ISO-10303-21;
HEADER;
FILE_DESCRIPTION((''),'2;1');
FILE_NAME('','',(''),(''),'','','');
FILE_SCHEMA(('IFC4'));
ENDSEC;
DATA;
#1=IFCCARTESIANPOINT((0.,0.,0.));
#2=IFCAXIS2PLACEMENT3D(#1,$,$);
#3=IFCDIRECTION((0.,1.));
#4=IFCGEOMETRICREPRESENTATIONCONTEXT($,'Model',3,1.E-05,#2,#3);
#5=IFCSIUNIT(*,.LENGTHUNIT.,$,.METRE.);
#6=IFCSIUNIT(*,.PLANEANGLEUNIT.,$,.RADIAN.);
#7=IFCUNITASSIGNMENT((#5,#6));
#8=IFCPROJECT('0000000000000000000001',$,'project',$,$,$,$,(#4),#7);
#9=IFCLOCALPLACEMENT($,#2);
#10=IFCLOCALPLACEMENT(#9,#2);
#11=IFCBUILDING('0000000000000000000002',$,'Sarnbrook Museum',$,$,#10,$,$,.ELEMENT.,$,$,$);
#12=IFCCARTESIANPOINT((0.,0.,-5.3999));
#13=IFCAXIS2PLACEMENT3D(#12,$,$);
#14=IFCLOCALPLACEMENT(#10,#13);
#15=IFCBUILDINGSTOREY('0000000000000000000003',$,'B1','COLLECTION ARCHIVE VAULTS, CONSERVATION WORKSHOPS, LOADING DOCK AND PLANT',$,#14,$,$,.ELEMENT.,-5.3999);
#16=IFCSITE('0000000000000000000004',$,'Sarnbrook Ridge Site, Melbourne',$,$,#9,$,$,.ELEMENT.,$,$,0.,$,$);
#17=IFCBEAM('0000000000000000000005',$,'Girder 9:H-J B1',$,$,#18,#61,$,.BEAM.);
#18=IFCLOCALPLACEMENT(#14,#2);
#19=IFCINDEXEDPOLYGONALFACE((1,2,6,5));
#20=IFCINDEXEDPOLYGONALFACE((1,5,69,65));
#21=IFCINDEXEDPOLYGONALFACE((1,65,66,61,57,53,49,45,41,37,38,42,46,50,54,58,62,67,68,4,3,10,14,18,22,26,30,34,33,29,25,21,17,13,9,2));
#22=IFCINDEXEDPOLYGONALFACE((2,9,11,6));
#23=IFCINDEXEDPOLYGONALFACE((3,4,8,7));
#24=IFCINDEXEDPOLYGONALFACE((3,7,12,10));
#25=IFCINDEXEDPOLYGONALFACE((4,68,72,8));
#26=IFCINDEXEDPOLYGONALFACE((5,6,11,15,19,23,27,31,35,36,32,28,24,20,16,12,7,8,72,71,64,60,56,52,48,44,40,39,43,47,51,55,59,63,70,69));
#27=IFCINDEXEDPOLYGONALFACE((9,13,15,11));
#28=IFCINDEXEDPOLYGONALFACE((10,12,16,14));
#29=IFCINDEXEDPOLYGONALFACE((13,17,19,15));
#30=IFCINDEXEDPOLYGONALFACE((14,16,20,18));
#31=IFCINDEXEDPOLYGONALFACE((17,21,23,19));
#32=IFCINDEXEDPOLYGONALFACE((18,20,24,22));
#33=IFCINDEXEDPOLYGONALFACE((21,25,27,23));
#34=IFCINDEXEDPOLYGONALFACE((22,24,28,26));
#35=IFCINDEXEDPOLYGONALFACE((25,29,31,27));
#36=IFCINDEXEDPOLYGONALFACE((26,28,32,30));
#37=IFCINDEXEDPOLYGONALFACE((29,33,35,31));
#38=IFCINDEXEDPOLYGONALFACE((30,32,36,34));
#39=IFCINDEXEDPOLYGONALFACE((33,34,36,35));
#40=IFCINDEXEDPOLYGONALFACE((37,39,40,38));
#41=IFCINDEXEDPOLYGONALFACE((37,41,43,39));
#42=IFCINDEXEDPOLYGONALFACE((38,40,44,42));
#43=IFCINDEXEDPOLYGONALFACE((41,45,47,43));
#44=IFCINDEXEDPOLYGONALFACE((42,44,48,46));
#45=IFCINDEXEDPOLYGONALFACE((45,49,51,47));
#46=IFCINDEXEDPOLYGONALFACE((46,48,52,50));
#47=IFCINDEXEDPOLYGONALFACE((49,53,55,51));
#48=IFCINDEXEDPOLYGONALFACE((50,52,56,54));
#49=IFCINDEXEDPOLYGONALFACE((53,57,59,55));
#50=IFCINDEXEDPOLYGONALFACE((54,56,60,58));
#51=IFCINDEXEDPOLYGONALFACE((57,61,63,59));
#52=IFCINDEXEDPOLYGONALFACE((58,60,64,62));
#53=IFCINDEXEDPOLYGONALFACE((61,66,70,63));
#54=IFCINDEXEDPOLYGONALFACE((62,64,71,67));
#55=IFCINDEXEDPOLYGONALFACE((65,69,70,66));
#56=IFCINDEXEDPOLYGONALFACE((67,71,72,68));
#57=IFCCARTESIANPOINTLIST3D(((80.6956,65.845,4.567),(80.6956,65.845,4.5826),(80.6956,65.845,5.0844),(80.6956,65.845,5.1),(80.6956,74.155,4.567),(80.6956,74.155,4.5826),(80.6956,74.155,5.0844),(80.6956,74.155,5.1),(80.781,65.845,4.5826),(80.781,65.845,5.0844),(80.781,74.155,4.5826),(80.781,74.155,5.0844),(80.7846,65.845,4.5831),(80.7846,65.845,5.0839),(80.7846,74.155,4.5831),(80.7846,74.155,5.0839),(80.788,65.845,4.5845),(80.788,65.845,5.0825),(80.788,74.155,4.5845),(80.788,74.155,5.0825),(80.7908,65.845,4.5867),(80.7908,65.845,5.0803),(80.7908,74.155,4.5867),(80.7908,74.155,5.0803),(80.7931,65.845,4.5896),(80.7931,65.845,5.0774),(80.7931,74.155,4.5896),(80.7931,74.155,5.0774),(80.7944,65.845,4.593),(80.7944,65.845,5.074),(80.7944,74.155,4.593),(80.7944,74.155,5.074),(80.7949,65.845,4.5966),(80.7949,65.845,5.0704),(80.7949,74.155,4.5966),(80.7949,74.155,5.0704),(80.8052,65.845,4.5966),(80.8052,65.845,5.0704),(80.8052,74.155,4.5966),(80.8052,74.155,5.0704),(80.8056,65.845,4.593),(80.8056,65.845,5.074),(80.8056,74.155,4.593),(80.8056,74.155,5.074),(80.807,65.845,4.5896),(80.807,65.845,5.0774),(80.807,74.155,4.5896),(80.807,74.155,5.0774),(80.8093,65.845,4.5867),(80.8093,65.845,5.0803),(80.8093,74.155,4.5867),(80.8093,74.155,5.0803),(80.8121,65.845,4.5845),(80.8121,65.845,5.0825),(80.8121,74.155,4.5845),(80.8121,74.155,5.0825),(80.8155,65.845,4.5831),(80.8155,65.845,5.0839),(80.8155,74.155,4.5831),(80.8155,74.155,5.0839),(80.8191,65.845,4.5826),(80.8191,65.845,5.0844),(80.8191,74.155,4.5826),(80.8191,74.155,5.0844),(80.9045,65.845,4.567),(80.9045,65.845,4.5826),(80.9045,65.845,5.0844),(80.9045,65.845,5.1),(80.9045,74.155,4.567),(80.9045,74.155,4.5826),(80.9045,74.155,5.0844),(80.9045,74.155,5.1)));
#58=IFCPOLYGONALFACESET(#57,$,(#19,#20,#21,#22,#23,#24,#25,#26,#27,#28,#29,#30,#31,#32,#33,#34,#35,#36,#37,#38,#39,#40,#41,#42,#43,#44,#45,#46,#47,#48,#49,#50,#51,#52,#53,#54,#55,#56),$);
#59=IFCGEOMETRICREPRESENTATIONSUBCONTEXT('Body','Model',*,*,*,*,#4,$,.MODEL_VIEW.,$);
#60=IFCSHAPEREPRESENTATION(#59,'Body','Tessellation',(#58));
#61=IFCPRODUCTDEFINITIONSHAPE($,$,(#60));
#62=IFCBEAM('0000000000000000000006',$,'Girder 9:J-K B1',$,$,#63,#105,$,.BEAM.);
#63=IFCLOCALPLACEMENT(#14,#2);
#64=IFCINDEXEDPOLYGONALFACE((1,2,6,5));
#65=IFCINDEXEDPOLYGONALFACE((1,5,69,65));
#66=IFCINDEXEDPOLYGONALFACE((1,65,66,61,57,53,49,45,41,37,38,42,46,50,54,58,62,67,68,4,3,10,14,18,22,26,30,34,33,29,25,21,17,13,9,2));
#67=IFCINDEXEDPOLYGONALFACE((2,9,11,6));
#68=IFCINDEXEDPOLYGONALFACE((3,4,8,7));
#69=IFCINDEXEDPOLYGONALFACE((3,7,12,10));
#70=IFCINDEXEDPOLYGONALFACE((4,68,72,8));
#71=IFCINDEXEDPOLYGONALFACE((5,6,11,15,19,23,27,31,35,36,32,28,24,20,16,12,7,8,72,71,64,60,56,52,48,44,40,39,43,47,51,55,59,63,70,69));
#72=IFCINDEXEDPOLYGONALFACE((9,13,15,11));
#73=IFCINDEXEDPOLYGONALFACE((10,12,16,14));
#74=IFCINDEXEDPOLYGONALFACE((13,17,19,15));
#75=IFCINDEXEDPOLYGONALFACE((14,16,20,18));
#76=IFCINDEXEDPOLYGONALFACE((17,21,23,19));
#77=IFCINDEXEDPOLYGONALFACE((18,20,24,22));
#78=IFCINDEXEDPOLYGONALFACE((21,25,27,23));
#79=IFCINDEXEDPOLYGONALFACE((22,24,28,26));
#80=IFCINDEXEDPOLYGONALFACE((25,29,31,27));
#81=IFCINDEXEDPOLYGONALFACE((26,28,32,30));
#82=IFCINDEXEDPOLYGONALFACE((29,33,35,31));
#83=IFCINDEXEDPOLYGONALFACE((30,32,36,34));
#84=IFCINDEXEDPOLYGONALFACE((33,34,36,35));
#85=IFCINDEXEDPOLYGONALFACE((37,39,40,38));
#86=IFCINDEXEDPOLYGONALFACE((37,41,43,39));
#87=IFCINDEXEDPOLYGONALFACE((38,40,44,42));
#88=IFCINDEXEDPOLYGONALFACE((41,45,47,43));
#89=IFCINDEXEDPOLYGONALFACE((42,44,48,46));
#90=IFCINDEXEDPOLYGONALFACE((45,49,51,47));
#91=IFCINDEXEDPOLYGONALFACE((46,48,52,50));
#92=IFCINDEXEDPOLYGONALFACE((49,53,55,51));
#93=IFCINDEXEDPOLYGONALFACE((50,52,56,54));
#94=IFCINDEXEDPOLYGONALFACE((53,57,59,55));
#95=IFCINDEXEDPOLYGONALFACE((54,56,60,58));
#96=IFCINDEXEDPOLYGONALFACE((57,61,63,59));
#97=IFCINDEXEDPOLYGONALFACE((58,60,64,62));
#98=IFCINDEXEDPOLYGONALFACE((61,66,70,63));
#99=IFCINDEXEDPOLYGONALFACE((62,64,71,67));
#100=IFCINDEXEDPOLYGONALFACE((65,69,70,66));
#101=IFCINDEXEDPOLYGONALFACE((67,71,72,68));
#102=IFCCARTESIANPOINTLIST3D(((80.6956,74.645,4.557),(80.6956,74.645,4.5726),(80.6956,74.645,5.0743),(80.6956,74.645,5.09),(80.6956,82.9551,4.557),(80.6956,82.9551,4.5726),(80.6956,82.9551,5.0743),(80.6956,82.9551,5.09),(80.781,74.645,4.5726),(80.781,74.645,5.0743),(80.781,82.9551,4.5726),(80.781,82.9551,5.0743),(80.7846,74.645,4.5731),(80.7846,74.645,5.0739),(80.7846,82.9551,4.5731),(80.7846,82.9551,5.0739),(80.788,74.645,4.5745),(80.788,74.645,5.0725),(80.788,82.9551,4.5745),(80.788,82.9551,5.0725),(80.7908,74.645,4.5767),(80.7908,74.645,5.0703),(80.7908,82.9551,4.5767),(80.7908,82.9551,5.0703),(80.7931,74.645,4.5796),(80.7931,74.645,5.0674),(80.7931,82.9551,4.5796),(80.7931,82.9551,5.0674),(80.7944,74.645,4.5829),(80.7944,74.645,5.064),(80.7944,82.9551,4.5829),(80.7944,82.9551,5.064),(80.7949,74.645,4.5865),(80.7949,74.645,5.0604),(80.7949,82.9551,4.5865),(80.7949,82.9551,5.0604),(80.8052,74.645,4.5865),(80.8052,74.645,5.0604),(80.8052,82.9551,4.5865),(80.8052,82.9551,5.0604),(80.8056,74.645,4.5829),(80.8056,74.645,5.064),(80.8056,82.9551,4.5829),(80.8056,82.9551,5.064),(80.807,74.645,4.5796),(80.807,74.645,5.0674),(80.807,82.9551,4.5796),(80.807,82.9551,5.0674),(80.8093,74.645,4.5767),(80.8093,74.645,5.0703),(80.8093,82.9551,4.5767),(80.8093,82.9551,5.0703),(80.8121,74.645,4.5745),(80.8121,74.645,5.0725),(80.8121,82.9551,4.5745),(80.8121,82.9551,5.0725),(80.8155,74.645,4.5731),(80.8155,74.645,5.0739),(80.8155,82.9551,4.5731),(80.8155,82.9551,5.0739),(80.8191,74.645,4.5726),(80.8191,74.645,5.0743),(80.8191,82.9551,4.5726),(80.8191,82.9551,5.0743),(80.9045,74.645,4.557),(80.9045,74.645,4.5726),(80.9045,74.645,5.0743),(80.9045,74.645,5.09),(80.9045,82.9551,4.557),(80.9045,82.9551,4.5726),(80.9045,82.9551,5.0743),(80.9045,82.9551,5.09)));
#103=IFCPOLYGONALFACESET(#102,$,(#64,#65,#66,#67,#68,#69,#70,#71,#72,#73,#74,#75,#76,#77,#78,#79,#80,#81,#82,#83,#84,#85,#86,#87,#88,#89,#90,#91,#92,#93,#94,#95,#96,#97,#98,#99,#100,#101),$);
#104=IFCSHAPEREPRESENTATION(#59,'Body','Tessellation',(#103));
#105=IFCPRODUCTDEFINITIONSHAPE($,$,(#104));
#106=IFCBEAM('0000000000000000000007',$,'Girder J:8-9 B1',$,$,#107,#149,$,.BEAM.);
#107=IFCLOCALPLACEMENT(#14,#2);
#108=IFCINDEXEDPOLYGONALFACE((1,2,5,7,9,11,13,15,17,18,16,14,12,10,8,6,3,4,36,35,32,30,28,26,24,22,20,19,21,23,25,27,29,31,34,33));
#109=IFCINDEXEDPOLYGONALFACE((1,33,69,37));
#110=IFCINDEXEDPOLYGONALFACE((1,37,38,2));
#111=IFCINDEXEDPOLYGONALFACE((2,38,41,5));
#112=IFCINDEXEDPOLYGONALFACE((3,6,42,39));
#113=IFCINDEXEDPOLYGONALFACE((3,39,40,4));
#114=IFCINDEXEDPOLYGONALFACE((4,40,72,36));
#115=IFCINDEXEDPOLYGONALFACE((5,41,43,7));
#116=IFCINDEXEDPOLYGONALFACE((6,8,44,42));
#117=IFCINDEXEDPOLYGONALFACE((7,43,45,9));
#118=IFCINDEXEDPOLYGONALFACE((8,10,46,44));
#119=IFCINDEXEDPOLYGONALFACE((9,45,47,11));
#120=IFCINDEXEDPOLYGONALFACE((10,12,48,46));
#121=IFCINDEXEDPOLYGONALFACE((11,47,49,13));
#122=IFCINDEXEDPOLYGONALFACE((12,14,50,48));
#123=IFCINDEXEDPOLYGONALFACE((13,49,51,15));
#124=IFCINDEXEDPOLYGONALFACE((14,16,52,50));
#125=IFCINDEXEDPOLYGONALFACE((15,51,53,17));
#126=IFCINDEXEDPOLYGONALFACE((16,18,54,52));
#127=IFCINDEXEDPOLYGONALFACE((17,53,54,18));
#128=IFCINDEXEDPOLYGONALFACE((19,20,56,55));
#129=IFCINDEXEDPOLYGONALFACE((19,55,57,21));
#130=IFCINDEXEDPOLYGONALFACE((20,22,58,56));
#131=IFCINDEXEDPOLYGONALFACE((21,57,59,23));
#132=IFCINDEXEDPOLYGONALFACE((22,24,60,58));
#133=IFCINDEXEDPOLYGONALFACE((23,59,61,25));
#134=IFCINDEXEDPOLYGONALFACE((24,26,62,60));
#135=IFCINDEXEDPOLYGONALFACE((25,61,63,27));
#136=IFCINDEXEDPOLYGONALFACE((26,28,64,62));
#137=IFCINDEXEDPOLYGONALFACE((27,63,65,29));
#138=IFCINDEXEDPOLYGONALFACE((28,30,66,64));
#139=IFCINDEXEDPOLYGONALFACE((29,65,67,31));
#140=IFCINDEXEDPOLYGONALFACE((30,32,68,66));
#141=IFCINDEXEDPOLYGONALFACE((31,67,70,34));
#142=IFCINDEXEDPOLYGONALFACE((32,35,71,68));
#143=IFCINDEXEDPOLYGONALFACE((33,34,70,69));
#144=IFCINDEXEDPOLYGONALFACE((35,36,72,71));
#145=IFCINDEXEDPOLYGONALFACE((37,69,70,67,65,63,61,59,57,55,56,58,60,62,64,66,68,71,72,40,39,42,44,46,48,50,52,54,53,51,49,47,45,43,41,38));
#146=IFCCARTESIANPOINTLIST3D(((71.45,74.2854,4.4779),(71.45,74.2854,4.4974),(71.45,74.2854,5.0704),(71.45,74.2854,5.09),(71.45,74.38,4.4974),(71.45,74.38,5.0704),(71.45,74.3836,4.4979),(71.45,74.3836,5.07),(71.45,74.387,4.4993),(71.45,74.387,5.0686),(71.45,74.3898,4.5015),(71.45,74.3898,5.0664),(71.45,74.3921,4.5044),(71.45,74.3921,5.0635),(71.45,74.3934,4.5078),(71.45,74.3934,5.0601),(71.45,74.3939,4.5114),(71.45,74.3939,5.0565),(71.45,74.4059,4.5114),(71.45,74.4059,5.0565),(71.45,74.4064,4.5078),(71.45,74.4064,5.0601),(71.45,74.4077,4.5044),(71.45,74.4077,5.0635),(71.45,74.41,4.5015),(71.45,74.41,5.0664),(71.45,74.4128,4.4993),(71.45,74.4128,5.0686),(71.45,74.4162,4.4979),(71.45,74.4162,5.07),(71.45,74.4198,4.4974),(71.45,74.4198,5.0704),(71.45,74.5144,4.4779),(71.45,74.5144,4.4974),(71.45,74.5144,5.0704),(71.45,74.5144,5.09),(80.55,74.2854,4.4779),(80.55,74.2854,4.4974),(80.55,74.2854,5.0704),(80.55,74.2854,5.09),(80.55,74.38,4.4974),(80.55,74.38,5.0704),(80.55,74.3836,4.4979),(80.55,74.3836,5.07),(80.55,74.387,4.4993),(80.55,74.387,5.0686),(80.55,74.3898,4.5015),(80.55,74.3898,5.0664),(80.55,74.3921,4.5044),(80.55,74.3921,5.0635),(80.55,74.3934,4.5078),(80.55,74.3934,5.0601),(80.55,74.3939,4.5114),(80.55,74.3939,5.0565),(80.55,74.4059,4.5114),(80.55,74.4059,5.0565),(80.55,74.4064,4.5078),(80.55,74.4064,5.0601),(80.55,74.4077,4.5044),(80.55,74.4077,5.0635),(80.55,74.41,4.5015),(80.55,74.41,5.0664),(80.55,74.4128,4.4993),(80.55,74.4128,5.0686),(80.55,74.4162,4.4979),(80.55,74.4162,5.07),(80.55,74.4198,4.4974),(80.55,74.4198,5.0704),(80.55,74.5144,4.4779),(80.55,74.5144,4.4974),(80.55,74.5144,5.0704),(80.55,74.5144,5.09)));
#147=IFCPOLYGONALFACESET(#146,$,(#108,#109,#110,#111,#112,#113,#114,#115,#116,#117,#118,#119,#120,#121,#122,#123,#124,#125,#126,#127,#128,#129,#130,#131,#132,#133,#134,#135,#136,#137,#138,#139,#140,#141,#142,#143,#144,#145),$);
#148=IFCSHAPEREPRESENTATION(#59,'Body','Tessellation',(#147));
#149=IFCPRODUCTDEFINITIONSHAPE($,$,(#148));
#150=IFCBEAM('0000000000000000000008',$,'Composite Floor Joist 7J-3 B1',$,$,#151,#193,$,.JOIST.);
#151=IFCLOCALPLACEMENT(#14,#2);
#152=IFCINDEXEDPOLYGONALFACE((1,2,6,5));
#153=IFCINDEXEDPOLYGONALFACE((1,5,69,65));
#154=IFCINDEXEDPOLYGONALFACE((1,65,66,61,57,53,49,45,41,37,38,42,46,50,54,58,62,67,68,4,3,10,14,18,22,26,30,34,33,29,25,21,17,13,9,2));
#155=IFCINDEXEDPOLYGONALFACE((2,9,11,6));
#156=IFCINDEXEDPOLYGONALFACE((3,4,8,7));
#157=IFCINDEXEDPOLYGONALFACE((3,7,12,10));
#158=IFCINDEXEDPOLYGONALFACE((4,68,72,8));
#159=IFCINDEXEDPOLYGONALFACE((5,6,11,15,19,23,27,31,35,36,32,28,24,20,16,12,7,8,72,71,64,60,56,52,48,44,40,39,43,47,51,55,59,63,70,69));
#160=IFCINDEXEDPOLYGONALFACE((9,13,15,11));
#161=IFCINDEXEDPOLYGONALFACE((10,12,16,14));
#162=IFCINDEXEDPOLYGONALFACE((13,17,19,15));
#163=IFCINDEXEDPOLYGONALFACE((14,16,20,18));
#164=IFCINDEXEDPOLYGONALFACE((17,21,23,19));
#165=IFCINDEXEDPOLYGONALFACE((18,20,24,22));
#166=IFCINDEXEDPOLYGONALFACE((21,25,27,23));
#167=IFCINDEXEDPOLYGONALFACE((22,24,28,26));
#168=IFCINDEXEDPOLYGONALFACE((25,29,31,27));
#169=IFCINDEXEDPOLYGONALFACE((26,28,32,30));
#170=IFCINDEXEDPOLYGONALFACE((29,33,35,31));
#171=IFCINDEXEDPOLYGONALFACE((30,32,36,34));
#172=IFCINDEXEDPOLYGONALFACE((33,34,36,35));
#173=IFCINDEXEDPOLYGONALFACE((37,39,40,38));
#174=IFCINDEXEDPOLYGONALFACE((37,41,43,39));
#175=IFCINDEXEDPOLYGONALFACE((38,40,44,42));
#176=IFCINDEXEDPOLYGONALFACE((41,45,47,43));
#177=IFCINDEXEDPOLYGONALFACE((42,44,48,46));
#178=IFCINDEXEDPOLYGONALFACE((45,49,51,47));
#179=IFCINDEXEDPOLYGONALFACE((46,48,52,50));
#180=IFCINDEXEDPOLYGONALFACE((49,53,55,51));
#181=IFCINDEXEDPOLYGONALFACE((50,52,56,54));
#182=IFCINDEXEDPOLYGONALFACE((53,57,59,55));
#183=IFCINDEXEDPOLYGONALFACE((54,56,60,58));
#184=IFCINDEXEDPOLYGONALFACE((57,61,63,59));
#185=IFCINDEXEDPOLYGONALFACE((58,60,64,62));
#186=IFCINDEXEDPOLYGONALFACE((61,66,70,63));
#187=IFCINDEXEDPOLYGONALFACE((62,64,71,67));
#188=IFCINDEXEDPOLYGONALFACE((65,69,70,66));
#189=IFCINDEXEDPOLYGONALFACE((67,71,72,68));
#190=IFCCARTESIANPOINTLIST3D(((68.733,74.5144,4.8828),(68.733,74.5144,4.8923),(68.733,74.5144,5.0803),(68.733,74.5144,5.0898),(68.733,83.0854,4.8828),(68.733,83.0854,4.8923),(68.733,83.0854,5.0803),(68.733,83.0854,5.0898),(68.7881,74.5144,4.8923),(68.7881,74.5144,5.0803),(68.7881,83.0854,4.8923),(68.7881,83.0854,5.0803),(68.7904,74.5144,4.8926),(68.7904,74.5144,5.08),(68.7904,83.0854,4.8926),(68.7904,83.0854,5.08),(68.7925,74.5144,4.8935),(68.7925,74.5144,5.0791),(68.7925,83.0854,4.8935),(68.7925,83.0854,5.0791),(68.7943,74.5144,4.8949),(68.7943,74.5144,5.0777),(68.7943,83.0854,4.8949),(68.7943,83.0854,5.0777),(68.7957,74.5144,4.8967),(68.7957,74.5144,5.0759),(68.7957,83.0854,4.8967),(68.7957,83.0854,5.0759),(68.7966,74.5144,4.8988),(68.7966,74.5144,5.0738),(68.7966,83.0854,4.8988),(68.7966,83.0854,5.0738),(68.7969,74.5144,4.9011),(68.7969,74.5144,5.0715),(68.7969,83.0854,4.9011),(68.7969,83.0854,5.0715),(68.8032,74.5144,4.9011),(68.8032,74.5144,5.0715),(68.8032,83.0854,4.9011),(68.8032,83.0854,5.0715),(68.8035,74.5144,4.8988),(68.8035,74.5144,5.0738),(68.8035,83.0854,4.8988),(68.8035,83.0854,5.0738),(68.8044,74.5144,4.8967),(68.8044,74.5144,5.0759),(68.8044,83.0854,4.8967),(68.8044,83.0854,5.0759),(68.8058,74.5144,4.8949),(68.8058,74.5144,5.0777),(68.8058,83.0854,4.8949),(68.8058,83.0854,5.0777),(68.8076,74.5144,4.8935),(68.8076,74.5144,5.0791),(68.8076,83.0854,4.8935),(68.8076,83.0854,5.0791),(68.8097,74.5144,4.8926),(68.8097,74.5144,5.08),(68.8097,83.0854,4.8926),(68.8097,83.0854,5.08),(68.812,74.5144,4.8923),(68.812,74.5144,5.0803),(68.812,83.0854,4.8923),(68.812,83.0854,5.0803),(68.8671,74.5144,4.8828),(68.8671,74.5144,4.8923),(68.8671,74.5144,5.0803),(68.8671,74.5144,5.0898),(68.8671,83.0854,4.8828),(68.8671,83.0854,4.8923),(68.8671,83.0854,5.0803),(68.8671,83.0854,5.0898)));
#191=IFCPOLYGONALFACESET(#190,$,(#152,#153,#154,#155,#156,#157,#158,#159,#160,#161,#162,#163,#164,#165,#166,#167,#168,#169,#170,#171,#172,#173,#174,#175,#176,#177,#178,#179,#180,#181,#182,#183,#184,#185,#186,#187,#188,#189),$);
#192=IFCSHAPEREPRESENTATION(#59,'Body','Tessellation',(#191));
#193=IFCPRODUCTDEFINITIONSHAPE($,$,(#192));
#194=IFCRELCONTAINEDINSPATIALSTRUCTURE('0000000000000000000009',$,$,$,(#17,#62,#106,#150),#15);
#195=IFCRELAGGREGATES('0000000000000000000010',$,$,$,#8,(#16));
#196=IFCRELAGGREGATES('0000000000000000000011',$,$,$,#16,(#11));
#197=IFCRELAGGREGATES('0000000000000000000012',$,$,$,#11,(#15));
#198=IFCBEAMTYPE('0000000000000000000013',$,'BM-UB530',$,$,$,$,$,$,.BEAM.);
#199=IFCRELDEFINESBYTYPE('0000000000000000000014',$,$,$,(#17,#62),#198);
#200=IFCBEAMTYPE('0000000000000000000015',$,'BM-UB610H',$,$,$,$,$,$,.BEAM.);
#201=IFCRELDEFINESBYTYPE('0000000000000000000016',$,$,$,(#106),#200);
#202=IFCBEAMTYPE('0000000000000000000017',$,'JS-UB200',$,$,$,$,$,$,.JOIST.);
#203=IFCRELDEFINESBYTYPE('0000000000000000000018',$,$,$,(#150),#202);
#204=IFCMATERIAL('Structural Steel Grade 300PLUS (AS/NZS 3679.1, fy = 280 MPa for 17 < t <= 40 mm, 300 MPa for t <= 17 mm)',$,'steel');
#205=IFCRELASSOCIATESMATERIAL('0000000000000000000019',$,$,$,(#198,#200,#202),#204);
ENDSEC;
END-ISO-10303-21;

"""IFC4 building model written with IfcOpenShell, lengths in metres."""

from ifc_helpers import new_model, si_unit, direction, frame, origin, origin_2d, place, context, subcontext, project, spatial, i_section, extrude, material, material_profile, profile_set, type_object, element, save


model = new_model("IFC4")

# Units and contexts
model_context = context("Model", 3, precision=1e-05, world=origin(), true_north=direction((0.0, 1.0)))
body_context = subcontext(model_context, "Body", "Model", "MODEL_VIEW")
ifc_project = project(units=[si_unit("LENGTHUNIT", "METRE"), si_unit("PLANEANGLEUNIT", "RADIAN")], contexts=[model_context])

# Site, building, storey
site_placement = place(None, origin())
site = spatial("IfcSite", under=ifc_project, at=site_placement, Name="Sarnbrook Ridge Site, Melbourne", CompositionType="ELEMENT", RefElevation=0.0)
building_placement = place(site_placement, origin())
building = spatial("IfcBuilding", under=site, at=building_placement, Name="Sarnbrook Museum", CompositionType="ELEMENT")
storey_placement = place(building_placement, frame((0.0, 0.0, -5.3999)))
storey = spatial("IfcBuildingStorey", under=building, at=storey_placement, Name="B1", Description="COLLECTION ARCHIVE VAULTS, CONSERVATION WORKSHOPS, LOADING DOCK AND PLANT", CompositionType="ELEMENT", Elevation=-5.3999)

# Beams
ifc_material_1 = material(Name="Structural Steel Grade 300PLUS (AS/NZS 3679.1, fy = 280 MPa for 17 < t <= 40 mm, 300 MPa for t <= 17 mm)", Category="steel")
ifc_material_profile_1 = material_profile(ifc_material_1, i_section(OverallWidth=0.209, OverallDepth=0.533, WebThickness=0.0103, FlangeThickness=0.0156, FilletRadius=0.0139, at=origin_2d()), Name="530UB92.4")
ifc_profile_set_1 = profile_set([ifc_material_profile_1], Name="Structural Steel Grade 300PLUS (AS/NZS 3679.1, fy = 280 MPa for 17 < t <= 40 mm, 300 MPa for t <= 17 mm)")
beam_type_1 = type_object("IfcBeamType", Name="BM-UB530", PredefinedType="BEAM", material=ifc_profile_set_1)
for number, where, z_axis, x_axis, name in (
    (1, (80.8, 65.845, 4.8335), (0.0, 1.0, 0.0), (-1.0, 0.0, 0.0), "Girder 9:H-J B1"),
    (2, (80.8, 74.645, 4.8235), (0.0, 1.0, 0.0), (-1.0, 0.0, 0.0), "Girder 9:J-K B1"),
):
    element("IfcBeam", number, at=place(storey_placement, frame(where, z_axis=z_axis, x_axis=x_axis)), inside=storey, type_object=beam_type_1, Name=name, PredefinedType="BEAM", context=body_context, shape_type="SweptSolid", body=[
        extrude(i_section(OverallWidth=0.209, OverallDepth=0.533, WebThickness=0.0103, FlangeThickness=0.0156, FilletRadius=0.0139, at=origin_2d()), origin(), (0.0, 0.0, 1.0), 8.3101),
    ])
ifc_material_profile_2 = material_profile(ifc_material_1, i_section(OverallWidth=0.229, OverallDepth=0.6121, WebThickness=0.012, FlangeThickness=0.0195, FilletRadius=0.0139, at=origin_2d()), Name="610UB125")
ifc_profile_set_2 = profile_set([ifc_material_profile_2], Name="Structural Steel Grade 300PLUS (AS/NZS 3679.1, fy = 280 MPa for 17 < t <= 40 mm, 300 MPa for t <= 17 mm)")
beam_type_2 = type_object("IfcBeamType", Name="BM-UB610H", PredefinedType="BEAM", material=ifc_profile_set_2)
beam_1_placement = place(storey_placement, frame((71.45, 74.3999, 4.7839), z_axis=(1.0, 0.0, 0.0), x_axis=(0.0, 1.0, 0.0)))
element("IfcBeam", 3, at=beam_1_placement, inside=storey, type_object=beam_type_2, Name="Girder J:8-9 B1", PredefinedType="BEAM", context=body_context, shape_type="SweptSolid", body=[
    extrude(i_section(OverallWidth=0.229, OverallDepth=0.6121, WebThickness=0.012, FlangeThickness=0.0195, FilletRadius=0.0139, at=origin_2d()), origin(), (0.0, 0.0, 1.0), 9.1001),
])
ifc_material_profile_3 = material_profile(ifc_material_1, i_section(OverallWidth=0.134, OverallDepth=0.207, WebThickness=0.0063, FlangeThickness=0.0095, FilletRadius=0.0088, at=origin_2d()), Name="200UB29.8")
ifc_profile_set_3 = profile_set([ifc_material_profile_3], Name="Structural Steel Grade 300PLUS (AS/NZS 3679.1, fy = 280 MPa for 17 < t <= 40 mm, 300 MPa for t <= 17 mm)")
beam_type_3 = type_object("IfcBeamType", Name="JS-UB200", PredefinedType="JOIST", material=ifc_profile_set_3)
beam_2_placement = place(storey_placement, frame((68.8, 74.5144, 4.9863), z_axis=(0.0, 1.0, 0.0), x_axis=(-1.0, 0.0, 0.0)))
element("IfcBeam", 4, at=beam_2_placement, inside=storey, type_object=beam_type_3, Name="Composite Floor Joist 7J-3 B1", PredefinedType="JOIST", context=body_context, shape_type="SweptSolid", body=[
    extrude(i_section(OverallWidth=0.134, OverallDepth=0.207, WebThickness=0.0063, FlangeThickness=0.0095, FilletRadius=0.0088, at=origin_2d()), origin(), (0.0, 0.0, 1.0), 8.571),
])

save(model, "model.ifc")
